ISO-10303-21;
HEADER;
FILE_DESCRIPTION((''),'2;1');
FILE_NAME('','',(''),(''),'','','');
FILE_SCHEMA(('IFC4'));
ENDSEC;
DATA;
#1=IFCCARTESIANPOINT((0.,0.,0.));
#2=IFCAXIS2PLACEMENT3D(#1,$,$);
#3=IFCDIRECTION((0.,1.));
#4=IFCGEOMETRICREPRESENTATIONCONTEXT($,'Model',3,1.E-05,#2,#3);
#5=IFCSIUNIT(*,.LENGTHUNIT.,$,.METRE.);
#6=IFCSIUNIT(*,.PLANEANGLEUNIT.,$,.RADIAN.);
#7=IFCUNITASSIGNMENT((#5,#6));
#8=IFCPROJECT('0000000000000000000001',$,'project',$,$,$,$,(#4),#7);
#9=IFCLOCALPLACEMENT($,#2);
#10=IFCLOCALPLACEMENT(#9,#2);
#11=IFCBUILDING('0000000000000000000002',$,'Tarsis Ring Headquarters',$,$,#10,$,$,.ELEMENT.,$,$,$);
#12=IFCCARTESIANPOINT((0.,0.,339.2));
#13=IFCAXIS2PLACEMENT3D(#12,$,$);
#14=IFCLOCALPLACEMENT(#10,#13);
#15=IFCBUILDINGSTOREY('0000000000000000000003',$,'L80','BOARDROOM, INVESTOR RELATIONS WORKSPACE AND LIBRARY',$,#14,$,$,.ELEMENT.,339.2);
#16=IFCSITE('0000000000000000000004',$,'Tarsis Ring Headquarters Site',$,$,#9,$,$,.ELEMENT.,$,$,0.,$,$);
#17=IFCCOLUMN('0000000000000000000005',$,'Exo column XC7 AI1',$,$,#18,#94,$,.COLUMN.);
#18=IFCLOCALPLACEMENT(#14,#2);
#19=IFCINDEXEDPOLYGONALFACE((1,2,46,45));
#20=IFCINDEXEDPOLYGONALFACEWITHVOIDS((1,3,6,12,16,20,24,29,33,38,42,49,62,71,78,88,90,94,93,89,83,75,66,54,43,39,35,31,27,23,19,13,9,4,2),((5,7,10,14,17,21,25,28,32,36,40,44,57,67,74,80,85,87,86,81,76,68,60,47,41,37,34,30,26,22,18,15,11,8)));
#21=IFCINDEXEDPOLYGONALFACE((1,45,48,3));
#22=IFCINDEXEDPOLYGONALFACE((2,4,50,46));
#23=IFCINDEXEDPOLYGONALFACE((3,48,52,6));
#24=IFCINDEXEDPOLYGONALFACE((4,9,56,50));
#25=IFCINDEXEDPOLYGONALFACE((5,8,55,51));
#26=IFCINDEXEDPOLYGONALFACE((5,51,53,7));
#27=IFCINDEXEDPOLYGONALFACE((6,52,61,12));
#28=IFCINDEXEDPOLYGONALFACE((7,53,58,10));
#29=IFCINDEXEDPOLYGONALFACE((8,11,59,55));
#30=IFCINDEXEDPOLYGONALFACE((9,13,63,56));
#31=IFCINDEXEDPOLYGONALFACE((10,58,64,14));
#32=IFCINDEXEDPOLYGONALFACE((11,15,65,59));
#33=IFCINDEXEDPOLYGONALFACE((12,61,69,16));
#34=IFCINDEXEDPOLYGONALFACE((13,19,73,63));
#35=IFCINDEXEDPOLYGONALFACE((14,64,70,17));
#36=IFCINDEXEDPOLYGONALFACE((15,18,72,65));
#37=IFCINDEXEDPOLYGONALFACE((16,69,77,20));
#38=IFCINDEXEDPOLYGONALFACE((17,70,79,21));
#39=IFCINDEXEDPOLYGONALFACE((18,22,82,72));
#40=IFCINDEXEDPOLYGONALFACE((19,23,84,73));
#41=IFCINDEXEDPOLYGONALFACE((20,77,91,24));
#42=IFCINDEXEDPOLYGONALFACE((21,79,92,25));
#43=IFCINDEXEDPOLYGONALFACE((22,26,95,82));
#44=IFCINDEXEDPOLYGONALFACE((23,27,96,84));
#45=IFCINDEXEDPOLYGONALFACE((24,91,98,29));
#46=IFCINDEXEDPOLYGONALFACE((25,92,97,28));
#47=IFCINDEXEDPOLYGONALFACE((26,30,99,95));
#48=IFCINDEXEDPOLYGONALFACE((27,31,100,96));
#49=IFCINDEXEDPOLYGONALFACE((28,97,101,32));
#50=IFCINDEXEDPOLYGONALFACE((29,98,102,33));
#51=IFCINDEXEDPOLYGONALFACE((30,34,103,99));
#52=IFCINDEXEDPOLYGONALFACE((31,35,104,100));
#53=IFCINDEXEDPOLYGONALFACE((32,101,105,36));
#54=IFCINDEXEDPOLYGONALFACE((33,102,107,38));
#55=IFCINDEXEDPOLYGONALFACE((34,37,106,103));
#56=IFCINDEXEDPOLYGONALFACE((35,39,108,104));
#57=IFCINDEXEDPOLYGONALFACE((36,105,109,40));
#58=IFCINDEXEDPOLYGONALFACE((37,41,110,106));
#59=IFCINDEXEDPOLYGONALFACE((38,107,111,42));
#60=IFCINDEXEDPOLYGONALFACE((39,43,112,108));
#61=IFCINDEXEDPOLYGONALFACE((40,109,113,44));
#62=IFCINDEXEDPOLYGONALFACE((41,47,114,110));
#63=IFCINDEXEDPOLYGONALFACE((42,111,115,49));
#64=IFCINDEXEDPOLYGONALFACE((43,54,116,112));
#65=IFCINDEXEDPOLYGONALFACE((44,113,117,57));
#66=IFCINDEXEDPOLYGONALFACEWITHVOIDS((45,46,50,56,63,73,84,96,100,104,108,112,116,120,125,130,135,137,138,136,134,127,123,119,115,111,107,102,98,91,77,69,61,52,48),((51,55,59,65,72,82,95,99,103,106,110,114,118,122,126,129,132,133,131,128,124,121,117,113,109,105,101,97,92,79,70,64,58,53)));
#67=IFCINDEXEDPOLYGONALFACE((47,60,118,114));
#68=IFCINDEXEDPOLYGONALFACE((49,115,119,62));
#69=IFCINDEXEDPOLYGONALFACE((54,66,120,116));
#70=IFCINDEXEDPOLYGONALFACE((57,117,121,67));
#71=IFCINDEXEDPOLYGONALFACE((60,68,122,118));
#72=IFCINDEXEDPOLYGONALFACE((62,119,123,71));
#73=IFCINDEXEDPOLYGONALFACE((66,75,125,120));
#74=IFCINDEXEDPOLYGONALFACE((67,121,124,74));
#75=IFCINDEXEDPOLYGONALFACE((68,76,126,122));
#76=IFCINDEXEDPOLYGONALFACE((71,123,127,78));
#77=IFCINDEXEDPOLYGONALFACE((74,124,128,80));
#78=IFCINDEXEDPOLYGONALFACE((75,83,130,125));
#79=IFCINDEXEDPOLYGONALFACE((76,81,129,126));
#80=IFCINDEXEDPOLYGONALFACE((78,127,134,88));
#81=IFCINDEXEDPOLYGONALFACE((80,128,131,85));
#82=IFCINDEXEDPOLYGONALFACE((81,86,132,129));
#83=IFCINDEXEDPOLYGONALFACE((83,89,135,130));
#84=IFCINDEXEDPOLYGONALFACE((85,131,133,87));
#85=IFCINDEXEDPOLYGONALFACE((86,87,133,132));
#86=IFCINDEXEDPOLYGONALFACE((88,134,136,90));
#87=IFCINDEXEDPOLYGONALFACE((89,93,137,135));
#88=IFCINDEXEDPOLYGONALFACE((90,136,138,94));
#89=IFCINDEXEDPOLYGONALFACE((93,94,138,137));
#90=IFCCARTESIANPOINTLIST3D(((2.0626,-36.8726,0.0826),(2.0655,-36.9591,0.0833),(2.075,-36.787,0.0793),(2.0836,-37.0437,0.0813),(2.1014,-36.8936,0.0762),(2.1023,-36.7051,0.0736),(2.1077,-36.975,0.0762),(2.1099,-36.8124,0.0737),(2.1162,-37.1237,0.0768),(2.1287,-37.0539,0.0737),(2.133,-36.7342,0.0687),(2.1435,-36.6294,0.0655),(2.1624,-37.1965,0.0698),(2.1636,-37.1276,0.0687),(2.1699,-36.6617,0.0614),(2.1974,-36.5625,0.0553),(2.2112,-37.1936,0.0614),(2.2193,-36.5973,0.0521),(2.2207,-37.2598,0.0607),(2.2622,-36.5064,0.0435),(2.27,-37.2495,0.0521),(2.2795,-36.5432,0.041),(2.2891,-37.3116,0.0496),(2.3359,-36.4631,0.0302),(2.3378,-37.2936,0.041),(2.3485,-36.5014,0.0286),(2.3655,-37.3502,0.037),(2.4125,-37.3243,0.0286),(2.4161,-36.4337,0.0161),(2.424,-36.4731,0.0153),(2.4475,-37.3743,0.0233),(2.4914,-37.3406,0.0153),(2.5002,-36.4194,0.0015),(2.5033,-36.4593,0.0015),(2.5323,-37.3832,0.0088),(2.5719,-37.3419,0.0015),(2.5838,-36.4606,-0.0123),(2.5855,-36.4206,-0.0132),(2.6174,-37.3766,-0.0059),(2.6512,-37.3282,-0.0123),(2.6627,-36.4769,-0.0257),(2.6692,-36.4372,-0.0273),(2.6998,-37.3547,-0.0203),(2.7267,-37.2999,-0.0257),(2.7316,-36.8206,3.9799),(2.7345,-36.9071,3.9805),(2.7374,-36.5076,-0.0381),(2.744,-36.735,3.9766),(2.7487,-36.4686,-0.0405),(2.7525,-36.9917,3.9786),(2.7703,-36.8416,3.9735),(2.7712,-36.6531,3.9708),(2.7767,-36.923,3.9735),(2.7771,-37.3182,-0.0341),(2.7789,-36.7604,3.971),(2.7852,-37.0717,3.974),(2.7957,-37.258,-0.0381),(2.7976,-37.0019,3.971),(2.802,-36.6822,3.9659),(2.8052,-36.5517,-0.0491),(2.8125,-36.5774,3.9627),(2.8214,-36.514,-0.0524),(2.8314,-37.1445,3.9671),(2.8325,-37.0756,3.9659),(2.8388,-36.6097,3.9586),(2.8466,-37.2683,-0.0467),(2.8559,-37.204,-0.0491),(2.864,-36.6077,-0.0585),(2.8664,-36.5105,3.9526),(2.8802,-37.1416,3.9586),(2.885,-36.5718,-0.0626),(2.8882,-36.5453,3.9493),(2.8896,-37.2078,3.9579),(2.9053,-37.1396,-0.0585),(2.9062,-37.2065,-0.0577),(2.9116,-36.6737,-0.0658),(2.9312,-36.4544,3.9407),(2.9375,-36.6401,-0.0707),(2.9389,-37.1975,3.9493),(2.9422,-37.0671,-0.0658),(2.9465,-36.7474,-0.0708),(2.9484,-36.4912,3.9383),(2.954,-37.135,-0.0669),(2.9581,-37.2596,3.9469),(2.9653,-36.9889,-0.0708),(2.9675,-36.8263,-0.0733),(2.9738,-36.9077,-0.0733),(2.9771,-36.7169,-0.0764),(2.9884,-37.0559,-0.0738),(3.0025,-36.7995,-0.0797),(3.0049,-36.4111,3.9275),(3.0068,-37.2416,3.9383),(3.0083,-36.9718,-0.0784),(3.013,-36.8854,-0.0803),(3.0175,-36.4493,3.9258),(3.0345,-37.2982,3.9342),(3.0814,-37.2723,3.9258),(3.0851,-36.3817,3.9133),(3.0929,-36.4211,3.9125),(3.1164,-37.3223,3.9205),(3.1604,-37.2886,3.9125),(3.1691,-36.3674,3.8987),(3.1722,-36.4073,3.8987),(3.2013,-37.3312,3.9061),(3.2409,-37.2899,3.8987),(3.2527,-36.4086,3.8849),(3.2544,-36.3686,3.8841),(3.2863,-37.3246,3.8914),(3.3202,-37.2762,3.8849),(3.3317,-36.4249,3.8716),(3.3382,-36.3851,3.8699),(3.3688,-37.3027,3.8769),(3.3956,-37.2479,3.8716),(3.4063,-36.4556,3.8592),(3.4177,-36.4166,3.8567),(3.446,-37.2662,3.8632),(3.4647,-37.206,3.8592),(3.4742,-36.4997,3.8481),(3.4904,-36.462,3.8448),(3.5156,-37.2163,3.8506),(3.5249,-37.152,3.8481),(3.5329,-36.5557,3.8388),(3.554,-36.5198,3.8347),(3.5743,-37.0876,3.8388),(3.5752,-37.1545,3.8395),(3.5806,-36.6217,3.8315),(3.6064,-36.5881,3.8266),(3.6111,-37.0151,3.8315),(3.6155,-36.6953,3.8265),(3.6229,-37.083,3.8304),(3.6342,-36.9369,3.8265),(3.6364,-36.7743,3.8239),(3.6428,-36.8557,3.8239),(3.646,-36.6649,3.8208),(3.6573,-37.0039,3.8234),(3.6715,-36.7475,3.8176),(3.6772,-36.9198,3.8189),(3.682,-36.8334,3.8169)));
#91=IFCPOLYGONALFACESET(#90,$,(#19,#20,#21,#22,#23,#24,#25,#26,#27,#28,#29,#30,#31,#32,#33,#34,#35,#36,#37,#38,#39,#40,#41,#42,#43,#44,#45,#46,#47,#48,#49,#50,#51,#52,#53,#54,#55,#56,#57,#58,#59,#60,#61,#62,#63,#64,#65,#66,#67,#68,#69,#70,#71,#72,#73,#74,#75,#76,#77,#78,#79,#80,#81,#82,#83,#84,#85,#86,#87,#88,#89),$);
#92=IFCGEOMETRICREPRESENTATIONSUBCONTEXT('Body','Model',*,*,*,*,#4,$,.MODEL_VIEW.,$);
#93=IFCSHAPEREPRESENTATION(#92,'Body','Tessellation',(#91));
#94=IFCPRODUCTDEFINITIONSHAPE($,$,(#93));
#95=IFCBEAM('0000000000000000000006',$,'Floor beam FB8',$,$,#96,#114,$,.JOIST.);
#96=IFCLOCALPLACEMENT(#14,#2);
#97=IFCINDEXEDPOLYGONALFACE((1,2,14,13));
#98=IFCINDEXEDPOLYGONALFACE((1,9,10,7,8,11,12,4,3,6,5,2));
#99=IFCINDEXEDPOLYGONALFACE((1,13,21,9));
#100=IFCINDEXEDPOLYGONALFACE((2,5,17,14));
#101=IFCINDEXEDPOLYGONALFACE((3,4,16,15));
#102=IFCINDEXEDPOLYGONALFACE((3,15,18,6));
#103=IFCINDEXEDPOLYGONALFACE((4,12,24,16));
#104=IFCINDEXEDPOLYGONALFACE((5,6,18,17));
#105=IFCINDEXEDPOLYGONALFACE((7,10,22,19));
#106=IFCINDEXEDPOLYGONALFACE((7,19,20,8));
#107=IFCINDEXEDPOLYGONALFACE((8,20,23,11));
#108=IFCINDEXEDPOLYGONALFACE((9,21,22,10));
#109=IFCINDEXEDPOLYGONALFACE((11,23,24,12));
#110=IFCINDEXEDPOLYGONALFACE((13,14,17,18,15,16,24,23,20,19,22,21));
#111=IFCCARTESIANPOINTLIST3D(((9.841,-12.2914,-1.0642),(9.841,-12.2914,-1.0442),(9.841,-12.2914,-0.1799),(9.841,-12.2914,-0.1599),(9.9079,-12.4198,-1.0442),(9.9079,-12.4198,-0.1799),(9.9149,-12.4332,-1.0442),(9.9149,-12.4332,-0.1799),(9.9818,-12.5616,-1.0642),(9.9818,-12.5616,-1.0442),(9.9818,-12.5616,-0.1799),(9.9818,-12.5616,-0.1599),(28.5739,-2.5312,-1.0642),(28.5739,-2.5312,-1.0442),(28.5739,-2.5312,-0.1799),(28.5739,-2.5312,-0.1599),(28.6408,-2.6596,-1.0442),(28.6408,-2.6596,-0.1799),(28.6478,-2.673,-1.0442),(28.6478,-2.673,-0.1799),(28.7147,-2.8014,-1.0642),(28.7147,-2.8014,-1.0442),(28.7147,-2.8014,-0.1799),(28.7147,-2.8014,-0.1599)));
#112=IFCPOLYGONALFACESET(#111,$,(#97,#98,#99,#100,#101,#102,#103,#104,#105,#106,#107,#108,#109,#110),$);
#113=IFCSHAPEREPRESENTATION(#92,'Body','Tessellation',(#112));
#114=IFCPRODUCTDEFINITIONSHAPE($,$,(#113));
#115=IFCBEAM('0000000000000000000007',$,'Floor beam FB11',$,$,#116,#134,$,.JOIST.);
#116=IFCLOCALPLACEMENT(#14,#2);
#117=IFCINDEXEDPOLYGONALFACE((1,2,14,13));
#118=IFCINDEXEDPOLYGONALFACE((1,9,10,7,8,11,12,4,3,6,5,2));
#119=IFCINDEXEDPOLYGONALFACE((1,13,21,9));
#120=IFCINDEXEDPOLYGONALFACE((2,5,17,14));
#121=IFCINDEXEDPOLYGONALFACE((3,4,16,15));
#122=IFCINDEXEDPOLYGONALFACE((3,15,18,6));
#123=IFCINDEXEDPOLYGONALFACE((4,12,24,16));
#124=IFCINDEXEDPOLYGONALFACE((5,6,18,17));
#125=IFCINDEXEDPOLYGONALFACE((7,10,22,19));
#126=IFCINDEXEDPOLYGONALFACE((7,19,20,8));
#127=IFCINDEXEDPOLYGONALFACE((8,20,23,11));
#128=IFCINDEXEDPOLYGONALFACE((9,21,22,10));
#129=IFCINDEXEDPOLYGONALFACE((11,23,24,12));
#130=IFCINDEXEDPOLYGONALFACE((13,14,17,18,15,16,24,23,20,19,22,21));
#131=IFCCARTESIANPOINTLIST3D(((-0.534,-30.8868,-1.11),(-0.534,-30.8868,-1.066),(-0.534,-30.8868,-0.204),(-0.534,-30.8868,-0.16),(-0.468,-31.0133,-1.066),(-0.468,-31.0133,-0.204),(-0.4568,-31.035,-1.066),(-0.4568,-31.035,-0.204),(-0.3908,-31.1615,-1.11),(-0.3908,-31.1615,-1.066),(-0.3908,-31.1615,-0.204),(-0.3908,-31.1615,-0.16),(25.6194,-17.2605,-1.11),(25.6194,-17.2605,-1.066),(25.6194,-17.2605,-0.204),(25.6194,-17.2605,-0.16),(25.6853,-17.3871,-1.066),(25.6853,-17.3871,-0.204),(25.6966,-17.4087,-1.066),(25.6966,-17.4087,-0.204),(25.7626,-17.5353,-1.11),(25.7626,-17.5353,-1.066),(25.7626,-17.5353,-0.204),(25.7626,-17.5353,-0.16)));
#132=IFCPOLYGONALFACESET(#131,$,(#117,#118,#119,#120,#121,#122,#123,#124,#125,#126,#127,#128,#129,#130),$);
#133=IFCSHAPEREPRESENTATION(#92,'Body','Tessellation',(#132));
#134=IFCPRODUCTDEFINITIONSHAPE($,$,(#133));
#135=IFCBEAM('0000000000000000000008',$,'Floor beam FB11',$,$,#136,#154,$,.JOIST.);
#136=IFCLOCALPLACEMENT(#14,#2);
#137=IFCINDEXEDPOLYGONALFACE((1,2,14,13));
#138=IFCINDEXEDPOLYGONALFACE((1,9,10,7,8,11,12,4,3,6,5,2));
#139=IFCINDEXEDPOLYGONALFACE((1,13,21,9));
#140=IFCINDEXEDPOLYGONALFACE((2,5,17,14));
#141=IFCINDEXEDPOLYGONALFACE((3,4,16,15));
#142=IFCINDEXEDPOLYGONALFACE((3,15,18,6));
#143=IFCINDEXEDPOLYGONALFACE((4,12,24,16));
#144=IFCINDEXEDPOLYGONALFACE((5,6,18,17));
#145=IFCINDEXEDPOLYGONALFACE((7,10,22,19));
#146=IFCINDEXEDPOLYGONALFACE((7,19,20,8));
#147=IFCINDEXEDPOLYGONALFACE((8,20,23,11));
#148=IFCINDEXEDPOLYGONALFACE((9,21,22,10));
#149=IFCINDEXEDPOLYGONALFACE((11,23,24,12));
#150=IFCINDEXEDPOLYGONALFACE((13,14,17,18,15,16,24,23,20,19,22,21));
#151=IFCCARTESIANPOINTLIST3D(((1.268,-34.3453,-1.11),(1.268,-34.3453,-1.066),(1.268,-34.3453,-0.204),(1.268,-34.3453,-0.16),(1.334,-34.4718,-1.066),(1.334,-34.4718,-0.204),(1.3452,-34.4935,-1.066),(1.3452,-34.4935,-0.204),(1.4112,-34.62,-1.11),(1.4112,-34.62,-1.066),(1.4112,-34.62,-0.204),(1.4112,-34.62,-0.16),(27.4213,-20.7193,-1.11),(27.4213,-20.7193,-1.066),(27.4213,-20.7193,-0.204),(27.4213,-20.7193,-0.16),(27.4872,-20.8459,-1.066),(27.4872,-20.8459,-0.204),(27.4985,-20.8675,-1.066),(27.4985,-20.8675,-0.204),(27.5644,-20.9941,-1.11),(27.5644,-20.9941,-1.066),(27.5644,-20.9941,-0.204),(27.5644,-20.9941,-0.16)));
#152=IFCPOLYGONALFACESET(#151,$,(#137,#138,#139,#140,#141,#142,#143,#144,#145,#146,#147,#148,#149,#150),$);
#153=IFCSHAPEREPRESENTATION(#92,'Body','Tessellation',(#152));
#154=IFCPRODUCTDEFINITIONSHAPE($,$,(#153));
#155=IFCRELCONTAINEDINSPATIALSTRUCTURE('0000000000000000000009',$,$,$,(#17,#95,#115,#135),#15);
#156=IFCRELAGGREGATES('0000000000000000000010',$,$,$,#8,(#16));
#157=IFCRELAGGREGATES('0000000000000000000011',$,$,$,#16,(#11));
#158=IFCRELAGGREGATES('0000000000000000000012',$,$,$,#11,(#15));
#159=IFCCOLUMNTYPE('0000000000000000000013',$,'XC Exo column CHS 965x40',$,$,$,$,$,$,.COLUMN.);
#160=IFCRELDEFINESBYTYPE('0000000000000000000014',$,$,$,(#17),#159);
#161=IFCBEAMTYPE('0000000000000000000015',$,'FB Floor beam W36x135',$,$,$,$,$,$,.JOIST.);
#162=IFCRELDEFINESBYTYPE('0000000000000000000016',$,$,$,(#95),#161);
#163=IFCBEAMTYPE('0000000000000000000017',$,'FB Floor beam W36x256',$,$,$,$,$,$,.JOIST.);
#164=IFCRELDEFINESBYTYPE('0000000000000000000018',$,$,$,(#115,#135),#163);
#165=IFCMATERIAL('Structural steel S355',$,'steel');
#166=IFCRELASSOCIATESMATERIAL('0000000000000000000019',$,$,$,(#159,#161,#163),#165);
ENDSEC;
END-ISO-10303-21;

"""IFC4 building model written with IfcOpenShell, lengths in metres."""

from ifc_helpers import new_model, si_unit, direction, frame, origin, origin_2d, place, context, subcontext, project, spatial, hollow_circle, i_section, extrude, material, material_profile, profile_set, type_object, element, save


model = new_model("IFC4")

# Units and contexts
model_context = context("Model", 3, precision=1e-05, world=origin(), true_north=direction((0.0, 1.0)))
body_context = subcontext(model_context, "Body", "Model", "MODEL_VIEW")
ifc_project = project(units=[si_unit("LENGTHUNIT", "METRE"), si_unit("PLANEANGLEUNIT", "RADIAN")], contexts=[model_context])

# Site, building, storey
site_placement = place(None, origin())
site = spatial("IfcSite", under=ifc_project, at=site_placement, Name="Tarsis Ring Headquarters Site", CompositionType="ELEMENT", RefElevation=0.0)
building_placement = place(site_placement, origin())
building = spatial("IfcBuilding", under=site, at=building_placement, Name="Tarsis Ring Headquarters", CompositionType="ELEMENT")
storey_placement = place(building_placement, frame((0.0, 0.0, 339.2)))
storey = spatial("IfcBuildingStorey", under=building, at=storey_placement, Name="L80", Description="BOARDROOM, INVESTOR RELATIONS WORKSPACE AND LIBRARY", CompositionType="ELEMENT", Elevation=339.2)

# Column
ifc_material_1 = material(Name="Structural steel S355", Category="steel")
ifc_material_profile_1 = material_profile(ifc_material_1, hollow_circle(Radius=0.4827, WallThickness=0.04, at=origin_2d()), Name="CHS 965x40")
ifc_profile_set_1 = profile_set([ifc_material_profile_1], Name="Structural steel S355")
column_type = type_object("IfcColumnType", Name="XC Exo column CHS 965x40", PredefinedType="COLUMN", material=ifc_profile_set_1)
column_placement = place(storey_placement, frame((2.5376, -36.9006, 0.0015), z_axis=(0.169158, 0.01315, 0.985501), x_axis=(-0.077503, 0.996992, 0.0)))
element("IfcColumn", 1, at=column_placement, inside=storey, type_object=column_type, Name="Exo column XC7 AI1", PredefinedType="COLUMN", context=body_context, shape_type="SweptSolid", body=[
    extrude(hollow_circle(Radius=0.4827, WallThickness=0.04, at=origin_2d()), origin(), (0.0, 0.0, 1.0), 3.9546),
])

# Beams
ifc_material_profile_2 = material_profile(ifc_material_1, i_section(OverallWidth=0.3047, OverallDepth=0.9043, WebThickness=0.0151, FlangeThickness=0.02, at=origin_2d()), Name="W36x135")
ifc_profile_set_2 = profile_set([ifc_material_profile_2], Name="Structural steel S355")
beam_type_1 = type_object("IfcBeamType", Name="FB Floor beam W36x135", PredefinedType="JOIST", material=ifc_profile_set_2)
beam_1_placement = place(storey_placement, frame((9.9114, -12.4265, -0.6121), z_axis=(0.886846, 0.462066, 0.0), x_axis=(-0.462066, 0.886846, 0.0)))
element("IfcBeam", 2, at=beam_1_placement, inside=storey, type_object=beam_type_1, Name="Floor beam FB8", PredefinedType="JOIST", context=body_context, shape_type="SweptSolid", body=[
    extrude(i_section(OverallWidth=0.3047, OverallDepth=0.9043, WebThickness=0.0151, FlangeThickness=0.02, at=origin_2d()), origin(), (0.0, 0.0, 1.0), 21.123),
])
ifc_material_profile_3 = material_profile(ifc_material_1, i_section(OverallWidth=0.3098, OverallDepth=0.95, WebThickness=0.0244, FlangeThickness=0.0439, at=origin_2d()), Name="W36x256")
ifc_profile_set_3 = profile_set([ifc_material_profile_3], Name="Structural steel S355")
beam_type_2 = type_object("IfcBeamType", Name="FB Floor beam W36x256", PredefinedType="JOIST", material=ifc_profile_set_3)
beam_2_placement = place(storey_placement, frame((-0.4624, -31.0242, -0.635), z_axis=(0.886849, 0.46206, 0.0), x_axis=(-0.46206, 0.886849, 0.0)))
element("IfcBeam", 3, at=beam_2_placement, inside=storey, type_object=beam_type_2, Name="Floor beam FB11", PredefinedType="JOIST", context=body_context, shape_type="SweptSolid", body=[
    extrude(i_section(OverallWidth=0.3098, OverallDepth=0.95, WebThickness=0.0244, FlangeThickness=0.0439, at=origin_2d()), origin(), (0.0, 0.0, 1.0), 29.4902),
])
beam_3_placement = place(storey_placement, frame((1.3396, -34.4827, -0.635), z_axis=(0.886852, 0.462053, 0.0), x_axis=(-0.462053, 0.886852, 0.0)))
element("IfcBeam", 4, at=beam_3_placement, inside=storey, type_object=beam_type_2, Name="Floor beam FB11", PredefinedType="JOIST", context=body_context, shape_type="SweptSolid", body=[
    extrude(i_section(OverallWidth=0.3098, OverallDepth=0.95, WebThickness=0.0244, FlangeThickness=0.0439, at=origin_2d()), origin(), (0.0, 0.0, 1.0), 29.49),
])

save(model, "model.ifc")
